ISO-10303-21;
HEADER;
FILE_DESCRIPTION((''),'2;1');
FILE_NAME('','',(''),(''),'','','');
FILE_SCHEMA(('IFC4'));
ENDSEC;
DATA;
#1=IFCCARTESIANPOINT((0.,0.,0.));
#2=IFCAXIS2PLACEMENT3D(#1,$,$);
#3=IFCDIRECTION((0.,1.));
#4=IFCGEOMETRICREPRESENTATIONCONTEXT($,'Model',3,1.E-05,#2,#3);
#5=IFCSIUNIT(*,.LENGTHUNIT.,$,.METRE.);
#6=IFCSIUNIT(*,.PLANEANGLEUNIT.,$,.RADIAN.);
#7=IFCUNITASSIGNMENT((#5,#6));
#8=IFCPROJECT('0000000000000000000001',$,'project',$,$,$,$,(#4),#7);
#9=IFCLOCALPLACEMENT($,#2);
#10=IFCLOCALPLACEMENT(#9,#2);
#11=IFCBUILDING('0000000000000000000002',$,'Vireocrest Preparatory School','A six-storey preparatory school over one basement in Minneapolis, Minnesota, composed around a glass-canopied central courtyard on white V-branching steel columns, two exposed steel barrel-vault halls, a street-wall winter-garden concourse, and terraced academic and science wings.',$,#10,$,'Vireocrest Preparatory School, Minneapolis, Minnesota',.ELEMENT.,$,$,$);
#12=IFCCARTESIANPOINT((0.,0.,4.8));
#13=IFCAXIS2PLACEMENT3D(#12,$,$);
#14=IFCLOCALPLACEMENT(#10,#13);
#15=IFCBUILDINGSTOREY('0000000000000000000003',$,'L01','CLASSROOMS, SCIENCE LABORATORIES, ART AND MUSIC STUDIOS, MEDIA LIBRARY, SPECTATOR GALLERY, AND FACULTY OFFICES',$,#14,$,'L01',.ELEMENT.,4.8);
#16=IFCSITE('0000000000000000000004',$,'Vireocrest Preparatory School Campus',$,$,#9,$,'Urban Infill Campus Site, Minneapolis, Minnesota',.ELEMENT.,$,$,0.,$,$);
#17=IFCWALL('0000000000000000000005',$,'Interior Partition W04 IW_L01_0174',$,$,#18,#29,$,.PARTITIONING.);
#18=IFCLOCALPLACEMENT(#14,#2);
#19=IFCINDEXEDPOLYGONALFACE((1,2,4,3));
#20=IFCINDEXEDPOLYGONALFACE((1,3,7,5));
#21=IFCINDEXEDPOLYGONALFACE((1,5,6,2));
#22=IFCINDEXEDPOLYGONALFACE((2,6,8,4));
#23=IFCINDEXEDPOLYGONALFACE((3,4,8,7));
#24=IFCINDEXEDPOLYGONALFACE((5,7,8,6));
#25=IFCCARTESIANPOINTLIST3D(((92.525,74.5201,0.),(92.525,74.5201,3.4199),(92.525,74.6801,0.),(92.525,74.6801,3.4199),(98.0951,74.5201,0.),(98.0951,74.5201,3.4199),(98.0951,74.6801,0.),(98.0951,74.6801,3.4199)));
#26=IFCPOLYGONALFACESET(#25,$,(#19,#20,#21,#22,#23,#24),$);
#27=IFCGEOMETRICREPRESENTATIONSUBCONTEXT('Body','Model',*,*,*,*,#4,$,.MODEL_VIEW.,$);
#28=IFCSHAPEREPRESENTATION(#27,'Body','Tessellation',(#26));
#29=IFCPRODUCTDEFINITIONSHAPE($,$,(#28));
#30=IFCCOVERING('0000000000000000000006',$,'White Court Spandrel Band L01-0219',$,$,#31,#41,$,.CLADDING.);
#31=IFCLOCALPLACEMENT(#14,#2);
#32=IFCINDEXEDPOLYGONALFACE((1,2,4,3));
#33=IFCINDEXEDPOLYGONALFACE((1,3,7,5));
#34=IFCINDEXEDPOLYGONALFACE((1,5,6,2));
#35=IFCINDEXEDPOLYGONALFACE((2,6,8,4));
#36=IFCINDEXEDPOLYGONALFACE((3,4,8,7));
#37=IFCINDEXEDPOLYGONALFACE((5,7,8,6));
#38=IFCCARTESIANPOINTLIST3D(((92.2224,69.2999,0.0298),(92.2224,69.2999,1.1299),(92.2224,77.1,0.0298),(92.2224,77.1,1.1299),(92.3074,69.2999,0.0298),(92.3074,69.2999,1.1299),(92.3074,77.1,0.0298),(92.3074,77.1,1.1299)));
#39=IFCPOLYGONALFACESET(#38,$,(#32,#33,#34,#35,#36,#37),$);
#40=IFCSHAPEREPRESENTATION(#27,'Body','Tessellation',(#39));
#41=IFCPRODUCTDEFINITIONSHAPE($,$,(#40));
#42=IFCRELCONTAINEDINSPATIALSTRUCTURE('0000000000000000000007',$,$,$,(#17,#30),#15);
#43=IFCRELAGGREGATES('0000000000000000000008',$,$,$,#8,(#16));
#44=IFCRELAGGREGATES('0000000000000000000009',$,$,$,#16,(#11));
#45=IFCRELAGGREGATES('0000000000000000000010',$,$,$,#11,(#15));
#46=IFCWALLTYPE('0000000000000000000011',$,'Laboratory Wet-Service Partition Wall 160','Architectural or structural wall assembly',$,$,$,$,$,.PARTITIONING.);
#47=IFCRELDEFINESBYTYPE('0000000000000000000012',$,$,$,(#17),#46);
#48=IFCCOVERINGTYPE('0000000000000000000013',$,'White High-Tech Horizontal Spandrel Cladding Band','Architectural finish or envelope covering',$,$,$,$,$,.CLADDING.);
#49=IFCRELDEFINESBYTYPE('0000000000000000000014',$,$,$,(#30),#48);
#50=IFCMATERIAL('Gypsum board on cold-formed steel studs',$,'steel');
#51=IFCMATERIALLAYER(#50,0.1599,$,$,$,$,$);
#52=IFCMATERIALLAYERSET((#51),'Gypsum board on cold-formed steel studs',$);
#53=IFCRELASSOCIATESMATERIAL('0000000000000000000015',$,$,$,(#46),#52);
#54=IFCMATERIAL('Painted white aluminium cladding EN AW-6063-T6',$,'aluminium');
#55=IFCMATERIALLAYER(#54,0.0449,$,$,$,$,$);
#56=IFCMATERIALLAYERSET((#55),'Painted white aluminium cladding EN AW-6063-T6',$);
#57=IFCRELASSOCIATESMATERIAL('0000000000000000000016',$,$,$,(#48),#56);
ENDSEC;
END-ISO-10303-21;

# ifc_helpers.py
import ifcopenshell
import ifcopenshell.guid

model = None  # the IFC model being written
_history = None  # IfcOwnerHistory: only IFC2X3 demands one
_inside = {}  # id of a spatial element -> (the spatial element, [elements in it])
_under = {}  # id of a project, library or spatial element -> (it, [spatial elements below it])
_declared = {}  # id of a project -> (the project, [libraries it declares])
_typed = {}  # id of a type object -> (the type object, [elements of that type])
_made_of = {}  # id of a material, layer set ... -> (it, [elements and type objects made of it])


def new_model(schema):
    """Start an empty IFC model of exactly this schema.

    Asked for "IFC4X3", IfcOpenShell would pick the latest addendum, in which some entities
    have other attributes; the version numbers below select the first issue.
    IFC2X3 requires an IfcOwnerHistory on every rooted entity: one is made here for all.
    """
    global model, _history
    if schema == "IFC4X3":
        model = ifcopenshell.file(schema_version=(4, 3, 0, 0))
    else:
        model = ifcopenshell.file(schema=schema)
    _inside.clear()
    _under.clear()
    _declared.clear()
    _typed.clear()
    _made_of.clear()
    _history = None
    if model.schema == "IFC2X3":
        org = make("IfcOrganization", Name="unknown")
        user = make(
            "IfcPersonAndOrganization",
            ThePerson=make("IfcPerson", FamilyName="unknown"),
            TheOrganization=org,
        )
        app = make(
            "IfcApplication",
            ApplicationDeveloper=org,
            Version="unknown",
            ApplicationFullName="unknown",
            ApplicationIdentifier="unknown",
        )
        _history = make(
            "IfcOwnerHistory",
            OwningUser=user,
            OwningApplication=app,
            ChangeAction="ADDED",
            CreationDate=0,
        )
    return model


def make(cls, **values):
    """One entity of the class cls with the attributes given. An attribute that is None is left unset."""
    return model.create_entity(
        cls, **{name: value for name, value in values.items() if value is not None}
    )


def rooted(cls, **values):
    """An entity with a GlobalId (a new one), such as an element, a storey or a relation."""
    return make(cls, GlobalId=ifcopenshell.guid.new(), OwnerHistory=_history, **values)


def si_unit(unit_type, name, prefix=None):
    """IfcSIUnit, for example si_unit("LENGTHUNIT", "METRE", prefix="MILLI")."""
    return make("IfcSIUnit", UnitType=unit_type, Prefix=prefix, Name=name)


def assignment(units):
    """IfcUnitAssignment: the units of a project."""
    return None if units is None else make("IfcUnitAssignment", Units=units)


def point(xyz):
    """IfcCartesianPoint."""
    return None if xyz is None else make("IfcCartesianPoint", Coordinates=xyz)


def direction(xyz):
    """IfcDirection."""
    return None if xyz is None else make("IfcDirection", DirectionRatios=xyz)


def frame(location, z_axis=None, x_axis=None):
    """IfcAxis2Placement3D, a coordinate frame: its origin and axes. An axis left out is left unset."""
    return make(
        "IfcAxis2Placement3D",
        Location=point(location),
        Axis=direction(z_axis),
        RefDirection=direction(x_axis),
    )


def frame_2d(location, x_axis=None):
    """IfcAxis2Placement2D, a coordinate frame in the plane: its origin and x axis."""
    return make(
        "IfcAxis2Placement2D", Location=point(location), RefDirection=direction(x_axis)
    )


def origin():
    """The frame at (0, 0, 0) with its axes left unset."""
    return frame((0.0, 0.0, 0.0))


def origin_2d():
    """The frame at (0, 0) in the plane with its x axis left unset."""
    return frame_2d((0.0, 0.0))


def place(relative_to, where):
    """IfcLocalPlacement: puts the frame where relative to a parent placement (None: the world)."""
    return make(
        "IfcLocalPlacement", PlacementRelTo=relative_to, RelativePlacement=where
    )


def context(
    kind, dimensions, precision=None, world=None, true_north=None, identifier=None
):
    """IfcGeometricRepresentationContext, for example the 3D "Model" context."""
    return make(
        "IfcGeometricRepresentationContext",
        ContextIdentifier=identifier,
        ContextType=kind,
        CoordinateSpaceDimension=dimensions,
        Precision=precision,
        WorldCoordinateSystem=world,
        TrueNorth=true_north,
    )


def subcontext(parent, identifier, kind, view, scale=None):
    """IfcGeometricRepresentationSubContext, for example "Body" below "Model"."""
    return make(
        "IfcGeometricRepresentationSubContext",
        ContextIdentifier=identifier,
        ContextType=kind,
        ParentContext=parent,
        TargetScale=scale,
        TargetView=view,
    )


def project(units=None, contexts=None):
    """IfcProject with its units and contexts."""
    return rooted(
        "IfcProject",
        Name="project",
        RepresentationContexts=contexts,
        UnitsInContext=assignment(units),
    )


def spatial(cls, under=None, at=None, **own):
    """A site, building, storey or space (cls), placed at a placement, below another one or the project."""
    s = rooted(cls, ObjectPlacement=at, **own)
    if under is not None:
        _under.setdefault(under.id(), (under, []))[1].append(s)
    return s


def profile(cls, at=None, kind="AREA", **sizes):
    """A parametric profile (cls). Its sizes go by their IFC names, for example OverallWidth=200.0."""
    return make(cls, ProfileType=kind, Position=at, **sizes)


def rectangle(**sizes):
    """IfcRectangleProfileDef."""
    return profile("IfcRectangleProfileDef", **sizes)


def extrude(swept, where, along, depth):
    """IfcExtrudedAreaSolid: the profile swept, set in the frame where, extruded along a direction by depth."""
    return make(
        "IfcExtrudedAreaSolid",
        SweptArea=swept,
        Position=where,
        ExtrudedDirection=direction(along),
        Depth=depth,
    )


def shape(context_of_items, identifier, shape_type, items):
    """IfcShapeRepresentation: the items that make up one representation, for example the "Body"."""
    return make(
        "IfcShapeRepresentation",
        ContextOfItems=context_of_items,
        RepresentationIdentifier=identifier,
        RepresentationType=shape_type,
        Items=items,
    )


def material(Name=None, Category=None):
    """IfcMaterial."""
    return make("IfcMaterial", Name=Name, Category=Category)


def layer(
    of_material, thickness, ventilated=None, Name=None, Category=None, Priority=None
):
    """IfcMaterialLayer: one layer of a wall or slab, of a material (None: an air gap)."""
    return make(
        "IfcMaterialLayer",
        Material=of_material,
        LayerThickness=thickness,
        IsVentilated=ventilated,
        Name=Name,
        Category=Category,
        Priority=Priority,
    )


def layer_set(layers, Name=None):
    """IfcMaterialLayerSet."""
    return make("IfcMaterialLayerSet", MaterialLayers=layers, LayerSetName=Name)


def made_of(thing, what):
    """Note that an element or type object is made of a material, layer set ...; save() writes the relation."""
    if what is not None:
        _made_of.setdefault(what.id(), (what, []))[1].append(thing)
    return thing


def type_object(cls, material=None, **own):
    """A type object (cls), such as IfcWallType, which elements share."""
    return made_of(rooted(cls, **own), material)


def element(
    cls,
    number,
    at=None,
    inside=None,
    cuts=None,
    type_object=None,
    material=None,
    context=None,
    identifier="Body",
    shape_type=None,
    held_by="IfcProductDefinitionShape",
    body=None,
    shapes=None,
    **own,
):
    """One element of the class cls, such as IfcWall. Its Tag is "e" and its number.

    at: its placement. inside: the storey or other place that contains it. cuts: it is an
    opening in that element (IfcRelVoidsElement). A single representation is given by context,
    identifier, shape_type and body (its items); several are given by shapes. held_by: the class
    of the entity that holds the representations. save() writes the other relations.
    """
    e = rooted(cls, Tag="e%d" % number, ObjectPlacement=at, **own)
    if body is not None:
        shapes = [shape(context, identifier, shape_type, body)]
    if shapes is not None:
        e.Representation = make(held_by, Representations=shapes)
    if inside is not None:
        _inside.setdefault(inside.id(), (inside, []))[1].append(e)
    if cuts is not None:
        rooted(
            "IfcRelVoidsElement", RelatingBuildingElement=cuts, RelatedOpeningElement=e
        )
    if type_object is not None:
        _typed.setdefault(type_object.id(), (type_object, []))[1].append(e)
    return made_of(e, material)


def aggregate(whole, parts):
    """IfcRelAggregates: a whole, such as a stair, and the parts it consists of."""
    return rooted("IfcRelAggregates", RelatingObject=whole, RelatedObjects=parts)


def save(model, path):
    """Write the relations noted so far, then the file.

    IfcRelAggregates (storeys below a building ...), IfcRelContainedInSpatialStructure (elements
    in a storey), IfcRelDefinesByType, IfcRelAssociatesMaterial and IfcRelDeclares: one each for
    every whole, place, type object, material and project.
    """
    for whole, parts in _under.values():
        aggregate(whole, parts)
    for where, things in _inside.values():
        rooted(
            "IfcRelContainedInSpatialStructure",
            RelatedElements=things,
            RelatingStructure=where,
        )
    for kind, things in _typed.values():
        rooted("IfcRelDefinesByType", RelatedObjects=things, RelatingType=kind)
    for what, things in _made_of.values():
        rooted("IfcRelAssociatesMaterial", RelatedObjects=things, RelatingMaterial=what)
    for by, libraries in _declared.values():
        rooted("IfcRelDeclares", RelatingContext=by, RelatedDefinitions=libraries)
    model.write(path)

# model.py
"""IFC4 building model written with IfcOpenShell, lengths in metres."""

from ifc_helpers import new_model, si_unit, direction, frame, frame_2d, origin, origin_2d, place, context, subcontext, project, spatial, rectangle, extrude, material, layer, layer_set, type_object, element, save


model = new_model("IFC4")

# Units and contexts
model_context = context("Model", 3, precision=1e-05, world=origin(), true_north=direction((0.0, 1.0)))
body_context = subcontext(model_context, "Body", "Model", "MODEL_VIEW")
ifc_project = project(units=[si_unit("LENGTHUNIT", "METRE"), si_unit("PLANEANGLEUNIT", "RADIAN")], contexts=[model_context])

# Site, building, storey
site_placement = place(None, origin())
site = spatial("IfcSite", under=ifc_project, at=site_placement, Name="Vireocrest Preparatory School Campus", LongName="Urban Infill Campus Site, Minneapolis, Minnesota", CompositionType="ELEMENT", RefElevation=0.0)
building_placement = place(site_placement, origin())
building = spatial("IfcBuilding", under=site, at=building_placement, Name="Vireocrest Preparatory School", Description="A six-storey preparatory school over one basement in Minneapolis, Minnesota, composed around a glass-canopied central courtyard on white V-branching steel columns, two exposed steel barrel-vault halls, a street-wall winter-garden concourse, and terraced academic and science wings.", LongName="Vireocrest Preparatory School, Minneapolis, Minnesota", CompositionType="ELEMENT")
storey_placement = place(building_placement, frame((0.0, 0.0, 4.8)))
storey = spatial("IfcBuildingStorey", under=building, at=storey_placement, Name="L01", Description="CLASSROOMS, SCIENCE LABORATORIES, ART AND MUSIC STUDIOS, MEDIA LIBRARY, SPECTATOR GALLERY, AND FACULTY OFFICES", LongName="L01", CompositionType="ELEMENT", Elevation=4.8)

# Wall
ifc_material_1 = material(Name="Gypsum board on cold-formed steel studs", Category="steel")
ifc_layer_1 = layer(ifc_material_1, 0.1599)
ifc_layer_set_1 = layer_set([ifc_layer_1], Name="Gypsum board on cold-formed steel studs")
wall_type_1 = type_object("IfcWallType", Name="Laboratory Wet-Service Partition Wall 160", Description="Architectural or structural wall assembly", PredefinedType="PARTITIONING", material=ifc_layer_set_1)
wall_1_placement = place(storey_placement, frame((92.5249, 74.6001, 0.0), z_axis=(0.0, 0.0, 1.0), x_axis=(1.0, 0.0, 0.0)))
element("IfcWall", 1, at=wall_1_placement, inside=storey, type_object=wall_type_1, Name="Interior Partition W04 IW_L01_0174", PredefinedType="PARTITIONING", context=body_context, shape_type="SweptSolid", body=[
    extrude(rectangle(XDim=5.5701, YDim=0.1599, at=frame_2d((2.7852, 0.0))), origin(), (0.0, 0.0, 1.0), 3.4199),
])

# Covering
ifc_material_2 = material(Name="Painted white aluminium cladding EN AW-6063-T6", Category="aluminium")
ifc_layer_2 = layer(ifc_material_2, 0.0449)
ifc_layer_set_2 = layer_set([ifc_layer_2], Name="Painted white aluminium cladding EN AW-6063-T6")
covering_type = type_object("IfcCoveringType", Name="White High-Tech Horizontal Spandrel Cladding Band", Description="Architectural finish or envelope covering", PredefinedType="CLADDING", material=ifc_layer_set_2)
covering_placement = place(storey_placement, frame((92.2649, 73.2, 0.0298), z_axis=(0.0, 0.0, 1.0), x_axis=(1.0, 0.0, 0.0)))
element("IfcCovering", 2, at=covering_placement, inside=storey, type_object=covering_type, Name="White Court Spandrel Band L01-0219", PredefinedType="CLADDING", context=body_context, shape_type="SweptSolid", body=[
    extrude(rectangle(XDim=0.085, YDim=7.8, at=origin_2d()), origin(), (0.0, 0.0, 1.0), 1.1001),
])

save(model, "model.ifc")
